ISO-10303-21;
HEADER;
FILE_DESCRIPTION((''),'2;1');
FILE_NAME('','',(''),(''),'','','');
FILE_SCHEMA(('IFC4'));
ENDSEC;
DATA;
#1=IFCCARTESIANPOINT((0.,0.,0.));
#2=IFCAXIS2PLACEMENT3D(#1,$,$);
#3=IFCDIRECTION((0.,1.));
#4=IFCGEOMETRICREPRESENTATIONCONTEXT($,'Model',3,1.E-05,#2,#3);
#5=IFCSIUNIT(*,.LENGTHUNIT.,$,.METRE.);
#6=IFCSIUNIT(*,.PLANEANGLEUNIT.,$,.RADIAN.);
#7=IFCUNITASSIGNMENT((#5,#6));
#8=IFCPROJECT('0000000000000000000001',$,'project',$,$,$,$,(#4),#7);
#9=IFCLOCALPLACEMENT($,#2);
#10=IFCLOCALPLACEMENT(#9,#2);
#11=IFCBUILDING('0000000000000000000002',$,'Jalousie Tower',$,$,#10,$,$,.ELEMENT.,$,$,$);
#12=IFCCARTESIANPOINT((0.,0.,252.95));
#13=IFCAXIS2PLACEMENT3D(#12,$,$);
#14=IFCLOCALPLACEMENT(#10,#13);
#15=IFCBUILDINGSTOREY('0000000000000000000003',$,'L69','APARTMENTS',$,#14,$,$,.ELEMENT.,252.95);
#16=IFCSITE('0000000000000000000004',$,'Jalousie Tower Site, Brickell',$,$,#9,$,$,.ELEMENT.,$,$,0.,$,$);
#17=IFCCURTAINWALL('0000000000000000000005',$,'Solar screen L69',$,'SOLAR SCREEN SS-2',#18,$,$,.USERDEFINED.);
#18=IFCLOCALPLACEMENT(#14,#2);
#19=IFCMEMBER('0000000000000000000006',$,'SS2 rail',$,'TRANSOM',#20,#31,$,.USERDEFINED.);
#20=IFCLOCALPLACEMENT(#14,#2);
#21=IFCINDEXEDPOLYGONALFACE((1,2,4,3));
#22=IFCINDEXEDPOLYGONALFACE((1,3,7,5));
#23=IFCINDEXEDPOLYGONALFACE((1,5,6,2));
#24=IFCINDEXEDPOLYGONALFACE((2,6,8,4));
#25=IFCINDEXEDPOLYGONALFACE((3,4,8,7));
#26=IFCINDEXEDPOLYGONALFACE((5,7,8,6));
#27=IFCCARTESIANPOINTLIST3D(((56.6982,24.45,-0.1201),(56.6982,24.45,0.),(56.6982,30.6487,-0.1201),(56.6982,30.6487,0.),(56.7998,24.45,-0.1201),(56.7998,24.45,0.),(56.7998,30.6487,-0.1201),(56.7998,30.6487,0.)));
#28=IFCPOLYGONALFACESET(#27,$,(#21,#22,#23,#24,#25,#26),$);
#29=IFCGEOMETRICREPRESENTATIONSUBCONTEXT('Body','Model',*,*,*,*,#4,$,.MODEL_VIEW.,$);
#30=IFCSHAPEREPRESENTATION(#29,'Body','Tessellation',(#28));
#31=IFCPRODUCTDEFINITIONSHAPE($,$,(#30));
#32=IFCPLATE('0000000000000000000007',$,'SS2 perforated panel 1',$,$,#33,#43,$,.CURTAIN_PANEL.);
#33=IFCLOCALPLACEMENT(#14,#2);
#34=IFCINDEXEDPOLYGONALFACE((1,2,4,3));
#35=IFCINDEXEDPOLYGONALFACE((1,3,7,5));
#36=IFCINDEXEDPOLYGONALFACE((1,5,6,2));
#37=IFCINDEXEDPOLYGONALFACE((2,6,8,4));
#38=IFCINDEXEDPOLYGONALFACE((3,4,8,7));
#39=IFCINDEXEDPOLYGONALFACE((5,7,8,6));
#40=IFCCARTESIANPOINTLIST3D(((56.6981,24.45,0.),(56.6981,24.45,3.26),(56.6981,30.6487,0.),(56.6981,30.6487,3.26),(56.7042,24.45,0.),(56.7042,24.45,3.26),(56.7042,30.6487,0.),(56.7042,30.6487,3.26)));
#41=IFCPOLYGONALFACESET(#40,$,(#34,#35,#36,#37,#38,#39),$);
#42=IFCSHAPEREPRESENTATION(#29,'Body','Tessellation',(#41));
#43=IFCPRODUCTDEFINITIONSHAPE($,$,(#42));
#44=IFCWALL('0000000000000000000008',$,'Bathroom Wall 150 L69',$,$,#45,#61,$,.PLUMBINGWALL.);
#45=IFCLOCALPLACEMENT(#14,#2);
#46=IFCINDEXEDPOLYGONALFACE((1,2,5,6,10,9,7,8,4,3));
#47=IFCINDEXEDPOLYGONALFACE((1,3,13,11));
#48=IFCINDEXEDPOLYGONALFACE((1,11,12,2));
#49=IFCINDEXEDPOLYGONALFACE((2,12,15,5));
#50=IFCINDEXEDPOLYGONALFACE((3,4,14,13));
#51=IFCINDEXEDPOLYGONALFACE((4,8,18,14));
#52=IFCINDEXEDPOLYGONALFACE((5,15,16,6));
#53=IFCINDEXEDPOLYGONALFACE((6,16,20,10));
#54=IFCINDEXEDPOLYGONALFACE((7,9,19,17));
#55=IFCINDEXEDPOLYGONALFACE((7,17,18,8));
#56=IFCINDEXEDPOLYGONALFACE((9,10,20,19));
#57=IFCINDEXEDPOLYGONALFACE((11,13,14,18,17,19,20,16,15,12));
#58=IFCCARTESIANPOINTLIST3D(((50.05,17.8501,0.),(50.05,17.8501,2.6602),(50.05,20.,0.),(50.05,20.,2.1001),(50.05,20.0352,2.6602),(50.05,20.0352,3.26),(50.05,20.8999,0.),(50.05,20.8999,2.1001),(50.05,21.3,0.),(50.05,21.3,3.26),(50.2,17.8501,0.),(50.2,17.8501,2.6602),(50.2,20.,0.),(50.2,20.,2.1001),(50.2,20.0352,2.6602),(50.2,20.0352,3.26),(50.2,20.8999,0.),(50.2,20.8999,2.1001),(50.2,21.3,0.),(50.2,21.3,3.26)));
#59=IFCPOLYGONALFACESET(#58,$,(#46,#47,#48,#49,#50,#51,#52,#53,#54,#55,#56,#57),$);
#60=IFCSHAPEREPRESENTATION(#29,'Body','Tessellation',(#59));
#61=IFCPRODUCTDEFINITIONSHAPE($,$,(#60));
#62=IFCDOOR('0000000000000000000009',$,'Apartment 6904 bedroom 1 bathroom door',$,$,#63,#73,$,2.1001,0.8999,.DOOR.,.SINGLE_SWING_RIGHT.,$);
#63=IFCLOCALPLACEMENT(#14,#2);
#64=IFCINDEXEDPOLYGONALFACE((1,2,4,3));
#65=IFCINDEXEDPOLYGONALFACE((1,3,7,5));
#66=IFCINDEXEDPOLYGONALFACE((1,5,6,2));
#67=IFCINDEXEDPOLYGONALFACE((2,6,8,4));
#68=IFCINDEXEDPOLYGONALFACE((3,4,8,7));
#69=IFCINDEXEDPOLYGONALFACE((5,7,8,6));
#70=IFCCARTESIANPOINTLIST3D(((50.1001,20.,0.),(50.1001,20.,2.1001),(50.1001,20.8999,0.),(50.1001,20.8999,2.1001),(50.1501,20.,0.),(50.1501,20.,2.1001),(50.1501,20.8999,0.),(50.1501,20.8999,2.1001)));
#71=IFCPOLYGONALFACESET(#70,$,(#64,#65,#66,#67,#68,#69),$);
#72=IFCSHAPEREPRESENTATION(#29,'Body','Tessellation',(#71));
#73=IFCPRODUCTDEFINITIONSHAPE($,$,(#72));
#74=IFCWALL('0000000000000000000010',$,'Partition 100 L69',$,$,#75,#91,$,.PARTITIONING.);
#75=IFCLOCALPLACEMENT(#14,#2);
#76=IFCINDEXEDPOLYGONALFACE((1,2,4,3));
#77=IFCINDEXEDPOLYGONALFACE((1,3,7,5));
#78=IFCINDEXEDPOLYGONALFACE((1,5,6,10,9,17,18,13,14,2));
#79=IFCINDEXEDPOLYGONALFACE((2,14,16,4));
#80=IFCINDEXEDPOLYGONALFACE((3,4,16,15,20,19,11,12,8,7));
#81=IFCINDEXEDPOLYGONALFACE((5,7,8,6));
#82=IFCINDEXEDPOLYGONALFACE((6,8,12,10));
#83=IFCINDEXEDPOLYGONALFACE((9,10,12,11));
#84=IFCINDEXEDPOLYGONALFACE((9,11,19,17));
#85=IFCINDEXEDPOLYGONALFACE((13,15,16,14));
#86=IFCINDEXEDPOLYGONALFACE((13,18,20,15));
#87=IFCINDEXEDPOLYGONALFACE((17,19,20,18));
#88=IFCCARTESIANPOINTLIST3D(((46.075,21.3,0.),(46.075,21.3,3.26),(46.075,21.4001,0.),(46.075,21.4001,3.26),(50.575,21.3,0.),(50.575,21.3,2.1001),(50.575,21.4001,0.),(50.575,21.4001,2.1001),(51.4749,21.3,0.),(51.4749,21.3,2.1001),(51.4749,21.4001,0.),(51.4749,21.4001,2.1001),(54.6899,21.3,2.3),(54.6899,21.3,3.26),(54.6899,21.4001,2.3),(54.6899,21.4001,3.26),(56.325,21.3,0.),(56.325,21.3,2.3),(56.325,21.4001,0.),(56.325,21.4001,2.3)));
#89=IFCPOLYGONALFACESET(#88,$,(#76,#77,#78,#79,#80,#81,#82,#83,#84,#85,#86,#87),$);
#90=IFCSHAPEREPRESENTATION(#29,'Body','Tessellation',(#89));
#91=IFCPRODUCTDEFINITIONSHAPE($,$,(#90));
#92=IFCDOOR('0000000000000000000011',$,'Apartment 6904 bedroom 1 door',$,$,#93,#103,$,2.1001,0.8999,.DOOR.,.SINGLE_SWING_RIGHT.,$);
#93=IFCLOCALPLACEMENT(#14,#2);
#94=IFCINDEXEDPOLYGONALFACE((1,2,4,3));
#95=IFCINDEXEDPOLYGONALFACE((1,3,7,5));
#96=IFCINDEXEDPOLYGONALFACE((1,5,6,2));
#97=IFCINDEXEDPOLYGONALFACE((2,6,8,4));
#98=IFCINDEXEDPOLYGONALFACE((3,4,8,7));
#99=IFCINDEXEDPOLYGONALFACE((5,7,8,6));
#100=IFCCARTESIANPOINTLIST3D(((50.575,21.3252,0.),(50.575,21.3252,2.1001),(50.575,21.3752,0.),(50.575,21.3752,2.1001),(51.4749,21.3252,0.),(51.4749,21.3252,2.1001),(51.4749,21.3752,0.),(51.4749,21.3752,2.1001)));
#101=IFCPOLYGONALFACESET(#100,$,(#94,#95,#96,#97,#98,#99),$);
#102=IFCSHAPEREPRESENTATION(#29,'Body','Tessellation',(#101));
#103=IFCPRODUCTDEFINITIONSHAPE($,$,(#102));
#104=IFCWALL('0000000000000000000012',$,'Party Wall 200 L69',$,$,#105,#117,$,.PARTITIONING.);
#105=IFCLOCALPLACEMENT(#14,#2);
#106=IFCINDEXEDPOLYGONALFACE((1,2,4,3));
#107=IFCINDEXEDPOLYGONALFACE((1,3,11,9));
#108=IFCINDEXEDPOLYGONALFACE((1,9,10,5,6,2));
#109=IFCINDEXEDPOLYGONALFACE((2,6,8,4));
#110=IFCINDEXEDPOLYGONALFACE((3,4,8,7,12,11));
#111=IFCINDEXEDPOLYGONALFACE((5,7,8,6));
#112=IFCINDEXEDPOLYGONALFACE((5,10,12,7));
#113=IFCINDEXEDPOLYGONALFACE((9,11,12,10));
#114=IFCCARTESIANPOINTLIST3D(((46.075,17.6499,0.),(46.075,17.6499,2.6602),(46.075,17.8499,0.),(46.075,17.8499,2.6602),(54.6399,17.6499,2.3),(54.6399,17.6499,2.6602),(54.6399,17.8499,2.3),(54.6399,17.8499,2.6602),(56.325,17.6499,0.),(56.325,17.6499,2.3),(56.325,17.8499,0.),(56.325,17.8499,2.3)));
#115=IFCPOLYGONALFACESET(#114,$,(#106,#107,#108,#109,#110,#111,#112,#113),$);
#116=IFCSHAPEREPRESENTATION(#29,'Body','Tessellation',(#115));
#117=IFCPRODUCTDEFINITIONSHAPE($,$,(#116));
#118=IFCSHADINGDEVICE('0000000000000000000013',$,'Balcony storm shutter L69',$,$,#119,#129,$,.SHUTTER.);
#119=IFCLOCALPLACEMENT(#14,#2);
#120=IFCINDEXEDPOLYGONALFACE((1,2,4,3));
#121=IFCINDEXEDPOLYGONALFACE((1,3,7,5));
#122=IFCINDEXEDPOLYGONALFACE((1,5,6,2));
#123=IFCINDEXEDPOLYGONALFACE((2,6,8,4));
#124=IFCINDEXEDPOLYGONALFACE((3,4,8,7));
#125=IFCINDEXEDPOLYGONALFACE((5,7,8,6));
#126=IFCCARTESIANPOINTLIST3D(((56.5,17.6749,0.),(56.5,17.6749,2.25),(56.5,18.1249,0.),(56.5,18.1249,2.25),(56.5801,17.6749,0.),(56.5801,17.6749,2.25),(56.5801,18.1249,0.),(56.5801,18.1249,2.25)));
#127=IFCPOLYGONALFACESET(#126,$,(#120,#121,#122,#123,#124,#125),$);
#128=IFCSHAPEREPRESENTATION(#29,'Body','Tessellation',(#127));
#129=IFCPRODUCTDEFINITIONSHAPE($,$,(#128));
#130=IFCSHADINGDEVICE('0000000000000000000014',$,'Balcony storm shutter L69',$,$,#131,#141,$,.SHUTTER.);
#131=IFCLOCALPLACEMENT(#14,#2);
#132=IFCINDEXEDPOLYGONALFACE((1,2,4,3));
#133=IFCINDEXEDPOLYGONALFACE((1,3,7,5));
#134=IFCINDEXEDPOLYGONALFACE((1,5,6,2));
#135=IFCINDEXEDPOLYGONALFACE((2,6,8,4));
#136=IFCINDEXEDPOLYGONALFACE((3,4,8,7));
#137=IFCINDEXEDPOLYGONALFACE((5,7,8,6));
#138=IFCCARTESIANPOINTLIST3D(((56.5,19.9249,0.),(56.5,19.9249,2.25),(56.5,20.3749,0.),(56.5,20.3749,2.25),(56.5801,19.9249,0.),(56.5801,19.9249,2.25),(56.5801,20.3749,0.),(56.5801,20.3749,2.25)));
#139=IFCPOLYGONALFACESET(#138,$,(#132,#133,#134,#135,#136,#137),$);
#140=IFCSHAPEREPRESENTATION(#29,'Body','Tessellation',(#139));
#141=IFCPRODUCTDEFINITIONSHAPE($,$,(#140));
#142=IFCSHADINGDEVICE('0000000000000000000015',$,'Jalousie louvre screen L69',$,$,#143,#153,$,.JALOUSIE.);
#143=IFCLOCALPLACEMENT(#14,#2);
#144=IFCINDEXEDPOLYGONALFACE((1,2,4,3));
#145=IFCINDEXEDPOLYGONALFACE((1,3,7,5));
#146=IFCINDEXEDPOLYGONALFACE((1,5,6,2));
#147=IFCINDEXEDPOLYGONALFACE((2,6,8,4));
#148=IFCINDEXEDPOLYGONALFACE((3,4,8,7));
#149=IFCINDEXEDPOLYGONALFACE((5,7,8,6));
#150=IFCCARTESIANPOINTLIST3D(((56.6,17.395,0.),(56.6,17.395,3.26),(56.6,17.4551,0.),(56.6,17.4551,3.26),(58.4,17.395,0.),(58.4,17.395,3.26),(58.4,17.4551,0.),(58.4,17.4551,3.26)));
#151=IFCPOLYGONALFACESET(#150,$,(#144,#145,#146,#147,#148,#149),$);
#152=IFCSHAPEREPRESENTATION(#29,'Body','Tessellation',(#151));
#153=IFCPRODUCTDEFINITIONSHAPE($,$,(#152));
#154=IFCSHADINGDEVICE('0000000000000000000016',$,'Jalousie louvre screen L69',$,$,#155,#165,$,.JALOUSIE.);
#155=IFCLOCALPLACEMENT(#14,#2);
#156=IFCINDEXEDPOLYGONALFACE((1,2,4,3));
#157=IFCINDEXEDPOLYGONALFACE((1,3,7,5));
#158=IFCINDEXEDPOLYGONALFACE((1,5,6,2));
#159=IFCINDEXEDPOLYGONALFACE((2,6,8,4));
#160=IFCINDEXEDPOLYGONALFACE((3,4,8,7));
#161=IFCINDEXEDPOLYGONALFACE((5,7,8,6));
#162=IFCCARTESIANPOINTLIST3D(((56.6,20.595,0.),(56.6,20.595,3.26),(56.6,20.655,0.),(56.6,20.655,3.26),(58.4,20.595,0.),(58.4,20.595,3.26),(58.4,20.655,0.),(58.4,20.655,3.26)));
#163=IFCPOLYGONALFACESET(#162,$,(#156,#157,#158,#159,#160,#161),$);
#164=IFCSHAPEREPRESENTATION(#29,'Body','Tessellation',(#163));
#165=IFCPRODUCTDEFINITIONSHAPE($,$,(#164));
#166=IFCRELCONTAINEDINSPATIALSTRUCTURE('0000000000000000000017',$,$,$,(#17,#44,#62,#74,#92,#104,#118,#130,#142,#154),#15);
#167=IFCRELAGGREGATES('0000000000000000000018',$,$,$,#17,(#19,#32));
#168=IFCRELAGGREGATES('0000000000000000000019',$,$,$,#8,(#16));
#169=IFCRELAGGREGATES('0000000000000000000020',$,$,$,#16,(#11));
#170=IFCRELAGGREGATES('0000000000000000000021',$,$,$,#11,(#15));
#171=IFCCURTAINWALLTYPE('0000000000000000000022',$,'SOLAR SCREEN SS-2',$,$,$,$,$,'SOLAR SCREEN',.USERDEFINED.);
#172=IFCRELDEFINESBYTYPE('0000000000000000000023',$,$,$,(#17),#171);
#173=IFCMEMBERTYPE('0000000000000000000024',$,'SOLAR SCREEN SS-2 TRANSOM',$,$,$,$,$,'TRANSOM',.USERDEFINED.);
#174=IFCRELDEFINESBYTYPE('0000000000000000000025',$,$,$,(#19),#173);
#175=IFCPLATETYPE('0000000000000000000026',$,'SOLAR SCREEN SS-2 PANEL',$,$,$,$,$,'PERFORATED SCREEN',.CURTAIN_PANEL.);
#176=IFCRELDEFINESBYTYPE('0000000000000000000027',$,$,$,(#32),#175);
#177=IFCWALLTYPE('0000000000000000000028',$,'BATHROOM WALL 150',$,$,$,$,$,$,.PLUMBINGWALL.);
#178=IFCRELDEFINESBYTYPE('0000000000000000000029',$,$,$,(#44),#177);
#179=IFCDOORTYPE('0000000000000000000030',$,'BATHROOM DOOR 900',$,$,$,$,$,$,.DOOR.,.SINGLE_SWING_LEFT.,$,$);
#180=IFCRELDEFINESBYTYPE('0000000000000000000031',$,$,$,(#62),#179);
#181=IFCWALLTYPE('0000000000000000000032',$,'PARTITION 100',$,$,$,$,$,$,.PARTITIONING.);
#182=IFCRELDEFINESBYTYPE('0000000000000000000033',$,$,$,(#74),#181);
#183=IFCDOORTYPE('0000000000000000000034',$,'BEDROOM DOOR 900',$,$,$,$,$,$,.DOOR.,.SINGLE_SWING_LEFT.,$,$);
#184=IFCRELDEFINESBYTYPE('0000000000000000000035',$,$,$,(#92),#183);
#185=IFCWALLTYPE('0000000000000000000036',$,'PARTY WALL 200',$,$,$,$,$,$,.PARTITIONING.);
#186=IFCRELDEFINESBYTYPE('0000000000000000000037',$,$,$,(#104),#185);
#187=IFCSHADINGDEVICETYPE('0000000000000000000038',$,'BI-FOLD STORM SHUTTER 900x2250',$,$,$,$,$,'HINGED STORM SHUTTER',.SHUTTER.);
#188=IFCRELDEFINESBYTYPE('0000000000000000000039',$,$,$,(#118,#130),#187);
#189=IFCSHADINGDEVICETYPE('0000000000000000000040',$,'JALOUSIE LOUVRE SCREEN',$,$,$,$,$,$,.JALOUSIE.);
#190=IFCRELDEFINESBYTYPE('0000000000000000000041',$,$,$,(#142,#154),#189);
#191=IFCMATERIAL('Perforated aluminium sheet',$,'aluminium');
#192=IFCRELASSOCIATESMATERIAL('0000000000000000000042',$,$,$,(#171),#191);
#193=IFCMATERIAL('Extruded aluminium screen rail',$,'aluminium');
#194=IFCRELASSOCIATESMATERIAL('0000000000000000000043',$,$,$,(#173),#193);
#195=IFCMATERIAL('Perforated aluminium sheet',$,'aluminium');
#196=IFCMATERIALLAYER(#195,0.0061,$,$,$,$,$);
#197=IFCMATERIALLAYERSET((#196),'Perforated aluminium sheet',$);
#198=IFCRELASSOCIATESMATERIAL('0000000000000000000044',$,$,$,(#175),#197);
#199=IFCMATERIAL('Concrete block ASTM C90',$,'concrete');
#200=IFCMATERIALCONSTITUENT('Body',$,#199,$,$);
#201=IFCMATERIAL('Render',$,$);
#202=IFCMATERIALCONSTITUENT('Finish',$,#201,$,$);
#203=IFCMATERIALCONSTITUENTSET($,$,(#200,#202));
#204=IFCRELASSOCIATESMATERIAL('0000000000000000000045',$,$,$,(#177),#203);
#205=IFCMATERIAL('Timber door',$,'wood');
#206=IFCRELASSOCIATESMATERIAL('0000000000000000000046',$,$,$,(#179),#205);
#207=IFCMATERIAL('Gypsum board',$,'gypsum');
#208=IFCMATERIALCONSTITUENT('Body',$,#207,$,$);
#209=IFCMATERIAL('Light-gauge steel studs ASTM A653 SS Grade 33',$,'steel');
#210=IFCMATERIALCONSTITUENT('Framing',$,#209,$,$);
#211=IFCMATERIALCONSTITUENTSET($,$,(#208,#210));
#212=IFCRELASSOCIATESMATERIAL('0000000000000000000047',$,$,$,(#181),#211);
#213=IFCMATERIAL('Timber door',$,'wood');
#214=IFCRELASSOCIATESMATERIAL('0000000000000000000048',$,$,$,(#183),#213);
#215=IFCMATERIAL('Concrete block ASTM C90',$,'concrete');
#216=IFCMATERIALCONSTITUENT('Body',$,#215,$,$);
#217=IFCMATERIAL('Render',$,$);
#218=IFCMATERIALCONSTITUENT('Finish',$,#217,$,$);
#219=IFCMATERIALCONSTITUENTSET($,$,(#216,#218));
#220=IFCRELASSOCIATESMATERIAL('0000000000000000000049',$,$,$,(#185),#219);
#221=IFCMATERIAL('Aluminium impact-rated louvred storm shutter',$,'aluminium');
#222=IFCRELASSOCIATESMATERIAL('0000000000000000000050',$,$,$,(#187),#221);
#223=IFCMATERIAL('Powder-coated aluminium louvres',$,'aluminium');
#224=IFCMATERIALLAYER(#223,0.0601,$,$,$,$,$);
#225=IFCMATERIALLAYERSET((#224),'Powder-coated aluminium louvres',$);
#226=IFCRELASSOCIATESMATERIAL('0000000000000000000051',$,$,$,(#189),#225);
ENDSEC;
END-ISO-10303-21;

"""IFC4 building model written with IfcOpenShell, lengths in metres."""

from ifc_helpers import new_model, si_unit, direction, frame, frame_2d, origin, origin_2d, place, context, subcontext, project, spatial, polyline, rectangle, outline, extrude, material, layer, layer_set, constituent, constituent_set, material_profile, profile_set, type_object, element, fill, aggregate, save


model = new_model("IFC4")

# Units and contexts
model_context = context("Model", 3, precision=1e-05, world=origin(), true_north=direction((0.0, 1.0)))
body_context = subcontext(model_context, "Body", "Model", "MODEL_VIEW")
ifc_project = project(units=[si_unit("LENGTHUNIT", "METRE"), si_unit("PLANEANGLEUNIT", "RADIAN")], contexts=[model_context])

# Site, building, storey
site_placement = place(None, origin())
site = spatial("IfcSite", under=ifc_project, at=site_placement, Name="Jalousie Tower Site, Brickell", CompositionType="ELEMENT", RefElevation=0.0)
building_placement = place(site_placement, origin())
building = spatial("IfcBuilding", under=site, at=building_placement, Name="Jalousie Tower", CompositionType="ELEMENT")
storey_placement = place(building_placement, frame((0.0, 0.0, 252.95)))
storey = spatial("IfcBuildingStorey", under=building, at=storey_placement, Name="L69", Description="APARTMENTS", CompositionType="ELEMENT", Elevation=252.95)

# Curtain wall, member, plate
ifc_material_1 = material(Name="Perforated aluminium sheet", Category="aluminium")
curtain_wall_type_1 = type_object("IfcCurtainWallType", Name="SOLAR SCREEN SS-2", ElementType="SOLAR SCREEN", PredefinedType="USERDEFINED", material=ifc_material_1)
curtain_wall_1_placement = place(storey_placement, origin())
curtain_wall_1 = element("IfcCurtainWall", 1, at=curtain_wall_1_placement, inside=storey, type_object=curtain_wall_type_1, Name="Solar screen L69", ObjectType="SOLAR SCREEN SS-2", PredefinedType="USERDEFINED")
ifc_material_2 = material(Name="Extruded aluminium screen rail", Category="aluminium")
ifc_material_profile_1 = material_profile(ifc_material_2, rectangle(XDim=0.1016, YDim=0.1201, at=origin_2d()), Name="RAIL 102x120")
ifc_profile_set_1 = profile_set([ifc_material_profile_1], Name="Extruded aluminium screen rail")
member_type_1 = type_object("IfcMemberType", Name="SOLAR SCREEN SS-2 TRANSOM", ElementType="TRANSOM", PredefinedType="USERDEFINED", material=ifc_profile_set_1)
member_1_placement = place(storey_placement, frame((56.749, 24.45, -0.0601), z_axis=(0.0, 1.0, 0.0), x_axis=(-1.0, 0.0, 0.0)))
member_1 = element("IfcMember", 2, at=member_1_placement, type_object=member_type_1, Name="SS2 rail", ObjectType="TRANSOM", PredefinedType="USERDEFINED", context=body_context, shape_type="SweptSolid", body=[
    extrude(rectangle(XDim=0.1016, YDim=0.1201, at=origin_2d()), origin(), (0.0, 0.0, 1.0), 6.1987),
])
ifc_material_3 = material(Name="Perforated aluminium sheet", Category="aluminium")
ifc_layer_1 = layer(ifc_material_3, 0.0061)
ifc_layer_set_1 = layer_set([ifc_layer_1], Name="Perforated aluminium sheet")
plate_type = type_object("IfcPlateType", Name="SOLAR SCREEN SS-2 PANEL", ElementType="PERFORATED SCREEN", PredefinedType="CURTAIN_PANEL", material=ifc_layer_set_1)
plate_placement = place(storey_placement, frame((56.7012, 27.5493, 0.0), z_axis=(0.0, 0.0, 1.0), x_axis=(0.0, 1.0, 0.0)))
plate = element("IfcPlate", 3, at=plate_placement, type_object=plate_type, Name="SS2 perforated panel 1", PredefinedType="CURTAIN_PANEL", context=body_context, shape_type="SweptSolid", body=[
    extrude(rectangle(XDim=6.1987, YDim=0.0061, at=origin_2d()), origin(), (0.0, 0.0, 1.0), 3.26),
])
aggregate(curtain_wall_1, [member_1, plate])

# Walls, openings, doors
ifc_material_4 = material(Name="Concrete block ASTM C90", Category="concrete")
ifc_constituent_1 = constituent(ifc_material_4, Name="Body")
ifc_material_5 = material(Name="Render")
ifc_constituent_2 = constituent(ifc_material_5, Name="Finish")
ifc_constituent_set_1 = constituent_set(constituents=[ifc_constituent_1, ifc_constituent_2])
wall_type_1 = type_object("IfcWallType", Name="BATHROOM WALL 150", PredefinedType="PLUMBINGWALL", material=ifc_constituent_set_1)
wall_1_placement = place(storey_placement, frame((50.125, 17.8501, 0.0), z_axis=(0.0, 0.0, 1.0), x_axis=(0.0, 1.0, 0.0)))
wall_1 = element("IfcWall", 4, at=wall_1_placement, inside=storey, type_object=wall_type_1, Name="Bathroom Wall 150 L69", PredefinedType="PLUMBINGWALL", context=body_context, shape_type="SweptSolid", body=[
    extrude(outline(polyline([(0.0, 0.0), (3.45, 0.0), (3.45, 3.26), (2.1851, 3.26), (2.1851, 2.6602), (0.0, 2.6602), (0.0, 3.26), (0.0, 0.0)])), frame((0.0, 0.075, 0.0), z_axis=(0.0, -1.0, 0.0), x_axis=(1.0, 0.0, 0.0)), (0.0, 0.0, 1.0), 0.1499),
])
opening_1_placement = place(wall_1_placement, frame((2.1499, 0.0, 0.0)))
opening_1 = element("IfcOpeningElement", 5, at=opening_1_placement, cuts=wall_1, PredefinedType="OPENING", context=body_context, shape_type="SweptSolid", body=[
    extrude(rectangle(XDim=0.8999, YDim=2.1001, at=frame_2d((0.45, 1.05))), frame((0.0, 0.085, 0.0), z_axis=(0.0, -1.0, 0.0), x_axis=(1.0, 0.0, 0.0)), (0.0, 0.0, 1.0), 0.1699),
])
ifc_material_6 = material(Name="Timber door", Category="wood")
door_type_1 = type_object("IfcDoorType", Name="BATHROOM DOOR 900", OperationType="SINGLE_SWING_LEFT", PredefinedType="DOOR", material=ifc_material_6)
door_1_placement = place(opening_1_placement, origin())
door_1 = element("IfcDoor", 6, at=door_1_placement, inside=storey, type_object=door_type_1, Name="Apartment 6904 bedroom 1 bathroom door", OperationType="SINGLE_SWING_RIGHT", OverallHeight=2.1001, OverallWidth=0.8999, PredefinedType="DOOR", context=body_context, shape_type="SweptSolid", body=[
    extrude(rectangle(XDim=0.8999, YDim=2.1001, at=frame_2d((0.45, 1.05))), frame((0.0, 0.0249, 0.0), z_axis=(0.0, -1.0, 0.0), x_axis=(1.0, 0.0, 0.0)), (0.0, 0.0, 1.0), 0.05),
])
fill(opening_1, door_1)
ifc_material_7 = material(Name="Gypsum board", Category="gypsum")
ifc_constituent_3 = constituent(ifc_material_7, Name="Body")
ifc_material_8 = material(Name="Light-gauge steel studs ASTM A653 SS Grade 33", Category="steel")
ifc_constituent_4 = constituent(ifc_material_8, Name="Framing")
ifc_constituent_set_2 = constituent_set(constituents=[ifc_constituent_3, ifc_constituent_4])
wall_type_2 = type_object("IfcWallType", Name="PARTITION 100", PredefinedType="PARTITIONING", material=ifc_constituent_set_2)
wall_2_placement = place(storey_placement, frame((56.325, 21.3501, 0.0), z_axis=(0.0, 0.0, 1.0), x_axis=(-1.0, 0.0, 0.0)))
wall_2 = element("IfcWall", 7, at=wall_2_placement, inside=storey, type_object=wall_type_2, Name="Partition 100 L69", PredefinedType="PARTITIONING", context=body_context, shape_type="SweptSolid", body=[
    extrude(outline(polyline([(0.0, 0.0), (10.25, 0.0), (10.25, 3.26), (1.635, 3.26), (1.635, 2.3), (0.0, 2.3), (0.0, 3.26), (0.0, 0.0)])), frame((0.0, 0.05, 0.0), z_axis=(0.0, -1.0, 0.0), x_axis=(1.0, 0.0, 0.0)), (0.0, 0.0, 1.0), 0.1001),
])
opening_2_placement = place(wall_2_placement, frame((4.8501, 0.0, 0.0)))
opening_2 = element("IfcOpeningElement", 8, at=opening_2_placement, cuts=wall_2, PredefinedType="OPENING", context=body_context, shape_type="SweptSolid", body=[
    extrude(rectangle(XDim=0.8999, YDim=2.1001, at=frame_2d((0.45, 1.05))), frame((0.0, 0.0601, 0.0), z_axis=(0.0, -1.0, 0.0), x_axis=(1.0, 0.0, 0.0)), (0.0, 0.0, 1.0), 0.1201),
])
ifc_material_9 = material(Name="Timber door", Category="wood")
door_type_2 = type_object("IfcDoorType", Name="BEDROOM DOOR 900", OperationType="SINGLE_SWING_LEFT", PredefinedType="DOOR", material=ifc_material_9)
door_2_placement = place(opening_2_placement, origin())
door_2 = element("IfcDoor", 9, at=door_2_placement, inside=storey, type_object=door_type_2, Name="Apartment 6904 bedroom 1 door", OperationType="SINGLE_SWING_RIGHT", OverallHeight=2.1001, OverallWidth=0.8999, PredefinedType="DOOR", context=body_context, shape_type="SweptSolid", body=[
    extrude(rectangle(XDim=0.8999, YDim=2.1001, at=frame_2d((0.45, 1.05))), frame((0.0, 0.0249, 0.0), z_axis=(0.0, -1.0, 0.0), x_axis=(1.0, 0.0, 0.0)), (0.0, 0.0, 1.0), 0.05),
])
fill(opening_2, door_2)

# Wall
ifc_material_10 = material(Name="Concrete block ASTM C90", Category="concrete")
ifc_constituent_5 = constituent(ifc_material_10, Name="Body")
ifc_material_11 = material(Name="Render")
ifc_constituent_6 = constituent(ifc_material_11, Name="Finish")
ifc_constituent_set_3 = constituent_set(constituents=[ifc_constituent_5, ifc_constituent_6])
wall_type_3 = type_object("IfcWallType", Name="PARTY WALL 200", PredefinedType="PARTITIONING", material=ifc_constituent_set_3)
wall_3_placement = place(storey_placement, frame((56.325, 17.75, 0.0), z_axis=(0.0, 0.0, 1.0), x_axis=(-1.0, 0.0, 0.0)))
element("IfcWall", 10, at=wall_3_placement, inside=storey, type_object=wall_type_3, Name="Party Wall 200 L69", PredefinedType="PARTITIONING", context=body_context, shape_type="SweptSolid", body=[
    extrude(outline(polyline([(0.0, 0.0), (10.25, 0.0), (10.25, 3.26), (10.25, 2.6602), (1.6851, 2.6602), (1.6851, 2.3), (0.0, 2.3), (0.0, 3.26), (0.0, 0.0)])), frame((0.0, 0.1001, 0.0), z_axis=(0.0, -1.0, 0.0), x_axis=(1.0, 0.0, 0.0)), (0.0, 0.0, 1.0), 0.2),
])

# Shading devices
ifc_material_12 = material(Name="Aluminium impact-rated louvred storm shutter", Category="aluminium")
shading_device_type_1 = type_object("IfcShadingDeviceType", Name="BI-FOLD STORM SHUTTER 900x2250", ElementType="HINGED STORM SHUTTER", PredefinedType="SHUTTER", material=ifc_material_12)
for number, where, z_axis, x_axis, name in (
    (11, (56.54, 17.8999, 0.0), (0.0, 0.0, 1.0), (0.0, 1.0, 0.0), "Balcony storm shutter L69"),
    (12, (56.54, 20.1499, 0.0), (0.0, 0.0, 1.0), (0.0, 1.0, 0.0), "Balcony storm shutter L69"),
):
    element("IfcShadingDevice", number, at=place(storey_placement, frame(where, z_axis=z_axis, x_axis=x_axis)), inside=storey, type_object=shading_device_type_1, Name=name, PredefinedType="SHUTTER", context=body_context, shape_type="SweptSolid", body=[
        extrude(rectangle(XDim=0.45, YDim=0.0801, at=origin_2d()), origin(), (0.0, 0.0, 1.0), 2.25),
    ])
ifc_material_13 = material(Name="Powder-coated aluminium louvres", Category="aluminium")
ifc_layer_2 = layer(ifc_material_13, 0.0601)
ifc_layer_set_2 = layer_set([ifc_layer_2], Name="Powder-coated aluminium louvres")
shading_device_type_2 = type_object("IfcShadingDeviceType", Name="JALOUSIE LOUVRE SCREEN", PredefinedType="JALOUSIE", material=ifc_layer_set_2)
for number, where, z_axis, x_axis, name in (
    (13, (57.5, 17.425, 0.0), (0.0, 0.0, 1.0), (0.0, 1.0, 0.0), "Jalousie louvre screen L69"),
    (14, (57.5, 20.625, 0.0), (0.0, 0.0, 1.0), (0.0, 1.0, 0.0), "Jalousie louvre screen L69"),
):
    element("IfcShadingDevice", number, at=place(storey_placement, frame(where, z_axis=z_axis, x_axis=x_axis)), inside=storey, type_object=shading_device_type_2, Name=name, PredefinedType="JALOUSIE", context=body_context, shape_type="SweptSolid", body=[
        extrude(rectangle(XDim=0.0601, YDim=1.8, at=origin_2d()), origin(), (0.0, 0.0, 1.0), 3.26),
    ])

save(model, "model.ifc")
